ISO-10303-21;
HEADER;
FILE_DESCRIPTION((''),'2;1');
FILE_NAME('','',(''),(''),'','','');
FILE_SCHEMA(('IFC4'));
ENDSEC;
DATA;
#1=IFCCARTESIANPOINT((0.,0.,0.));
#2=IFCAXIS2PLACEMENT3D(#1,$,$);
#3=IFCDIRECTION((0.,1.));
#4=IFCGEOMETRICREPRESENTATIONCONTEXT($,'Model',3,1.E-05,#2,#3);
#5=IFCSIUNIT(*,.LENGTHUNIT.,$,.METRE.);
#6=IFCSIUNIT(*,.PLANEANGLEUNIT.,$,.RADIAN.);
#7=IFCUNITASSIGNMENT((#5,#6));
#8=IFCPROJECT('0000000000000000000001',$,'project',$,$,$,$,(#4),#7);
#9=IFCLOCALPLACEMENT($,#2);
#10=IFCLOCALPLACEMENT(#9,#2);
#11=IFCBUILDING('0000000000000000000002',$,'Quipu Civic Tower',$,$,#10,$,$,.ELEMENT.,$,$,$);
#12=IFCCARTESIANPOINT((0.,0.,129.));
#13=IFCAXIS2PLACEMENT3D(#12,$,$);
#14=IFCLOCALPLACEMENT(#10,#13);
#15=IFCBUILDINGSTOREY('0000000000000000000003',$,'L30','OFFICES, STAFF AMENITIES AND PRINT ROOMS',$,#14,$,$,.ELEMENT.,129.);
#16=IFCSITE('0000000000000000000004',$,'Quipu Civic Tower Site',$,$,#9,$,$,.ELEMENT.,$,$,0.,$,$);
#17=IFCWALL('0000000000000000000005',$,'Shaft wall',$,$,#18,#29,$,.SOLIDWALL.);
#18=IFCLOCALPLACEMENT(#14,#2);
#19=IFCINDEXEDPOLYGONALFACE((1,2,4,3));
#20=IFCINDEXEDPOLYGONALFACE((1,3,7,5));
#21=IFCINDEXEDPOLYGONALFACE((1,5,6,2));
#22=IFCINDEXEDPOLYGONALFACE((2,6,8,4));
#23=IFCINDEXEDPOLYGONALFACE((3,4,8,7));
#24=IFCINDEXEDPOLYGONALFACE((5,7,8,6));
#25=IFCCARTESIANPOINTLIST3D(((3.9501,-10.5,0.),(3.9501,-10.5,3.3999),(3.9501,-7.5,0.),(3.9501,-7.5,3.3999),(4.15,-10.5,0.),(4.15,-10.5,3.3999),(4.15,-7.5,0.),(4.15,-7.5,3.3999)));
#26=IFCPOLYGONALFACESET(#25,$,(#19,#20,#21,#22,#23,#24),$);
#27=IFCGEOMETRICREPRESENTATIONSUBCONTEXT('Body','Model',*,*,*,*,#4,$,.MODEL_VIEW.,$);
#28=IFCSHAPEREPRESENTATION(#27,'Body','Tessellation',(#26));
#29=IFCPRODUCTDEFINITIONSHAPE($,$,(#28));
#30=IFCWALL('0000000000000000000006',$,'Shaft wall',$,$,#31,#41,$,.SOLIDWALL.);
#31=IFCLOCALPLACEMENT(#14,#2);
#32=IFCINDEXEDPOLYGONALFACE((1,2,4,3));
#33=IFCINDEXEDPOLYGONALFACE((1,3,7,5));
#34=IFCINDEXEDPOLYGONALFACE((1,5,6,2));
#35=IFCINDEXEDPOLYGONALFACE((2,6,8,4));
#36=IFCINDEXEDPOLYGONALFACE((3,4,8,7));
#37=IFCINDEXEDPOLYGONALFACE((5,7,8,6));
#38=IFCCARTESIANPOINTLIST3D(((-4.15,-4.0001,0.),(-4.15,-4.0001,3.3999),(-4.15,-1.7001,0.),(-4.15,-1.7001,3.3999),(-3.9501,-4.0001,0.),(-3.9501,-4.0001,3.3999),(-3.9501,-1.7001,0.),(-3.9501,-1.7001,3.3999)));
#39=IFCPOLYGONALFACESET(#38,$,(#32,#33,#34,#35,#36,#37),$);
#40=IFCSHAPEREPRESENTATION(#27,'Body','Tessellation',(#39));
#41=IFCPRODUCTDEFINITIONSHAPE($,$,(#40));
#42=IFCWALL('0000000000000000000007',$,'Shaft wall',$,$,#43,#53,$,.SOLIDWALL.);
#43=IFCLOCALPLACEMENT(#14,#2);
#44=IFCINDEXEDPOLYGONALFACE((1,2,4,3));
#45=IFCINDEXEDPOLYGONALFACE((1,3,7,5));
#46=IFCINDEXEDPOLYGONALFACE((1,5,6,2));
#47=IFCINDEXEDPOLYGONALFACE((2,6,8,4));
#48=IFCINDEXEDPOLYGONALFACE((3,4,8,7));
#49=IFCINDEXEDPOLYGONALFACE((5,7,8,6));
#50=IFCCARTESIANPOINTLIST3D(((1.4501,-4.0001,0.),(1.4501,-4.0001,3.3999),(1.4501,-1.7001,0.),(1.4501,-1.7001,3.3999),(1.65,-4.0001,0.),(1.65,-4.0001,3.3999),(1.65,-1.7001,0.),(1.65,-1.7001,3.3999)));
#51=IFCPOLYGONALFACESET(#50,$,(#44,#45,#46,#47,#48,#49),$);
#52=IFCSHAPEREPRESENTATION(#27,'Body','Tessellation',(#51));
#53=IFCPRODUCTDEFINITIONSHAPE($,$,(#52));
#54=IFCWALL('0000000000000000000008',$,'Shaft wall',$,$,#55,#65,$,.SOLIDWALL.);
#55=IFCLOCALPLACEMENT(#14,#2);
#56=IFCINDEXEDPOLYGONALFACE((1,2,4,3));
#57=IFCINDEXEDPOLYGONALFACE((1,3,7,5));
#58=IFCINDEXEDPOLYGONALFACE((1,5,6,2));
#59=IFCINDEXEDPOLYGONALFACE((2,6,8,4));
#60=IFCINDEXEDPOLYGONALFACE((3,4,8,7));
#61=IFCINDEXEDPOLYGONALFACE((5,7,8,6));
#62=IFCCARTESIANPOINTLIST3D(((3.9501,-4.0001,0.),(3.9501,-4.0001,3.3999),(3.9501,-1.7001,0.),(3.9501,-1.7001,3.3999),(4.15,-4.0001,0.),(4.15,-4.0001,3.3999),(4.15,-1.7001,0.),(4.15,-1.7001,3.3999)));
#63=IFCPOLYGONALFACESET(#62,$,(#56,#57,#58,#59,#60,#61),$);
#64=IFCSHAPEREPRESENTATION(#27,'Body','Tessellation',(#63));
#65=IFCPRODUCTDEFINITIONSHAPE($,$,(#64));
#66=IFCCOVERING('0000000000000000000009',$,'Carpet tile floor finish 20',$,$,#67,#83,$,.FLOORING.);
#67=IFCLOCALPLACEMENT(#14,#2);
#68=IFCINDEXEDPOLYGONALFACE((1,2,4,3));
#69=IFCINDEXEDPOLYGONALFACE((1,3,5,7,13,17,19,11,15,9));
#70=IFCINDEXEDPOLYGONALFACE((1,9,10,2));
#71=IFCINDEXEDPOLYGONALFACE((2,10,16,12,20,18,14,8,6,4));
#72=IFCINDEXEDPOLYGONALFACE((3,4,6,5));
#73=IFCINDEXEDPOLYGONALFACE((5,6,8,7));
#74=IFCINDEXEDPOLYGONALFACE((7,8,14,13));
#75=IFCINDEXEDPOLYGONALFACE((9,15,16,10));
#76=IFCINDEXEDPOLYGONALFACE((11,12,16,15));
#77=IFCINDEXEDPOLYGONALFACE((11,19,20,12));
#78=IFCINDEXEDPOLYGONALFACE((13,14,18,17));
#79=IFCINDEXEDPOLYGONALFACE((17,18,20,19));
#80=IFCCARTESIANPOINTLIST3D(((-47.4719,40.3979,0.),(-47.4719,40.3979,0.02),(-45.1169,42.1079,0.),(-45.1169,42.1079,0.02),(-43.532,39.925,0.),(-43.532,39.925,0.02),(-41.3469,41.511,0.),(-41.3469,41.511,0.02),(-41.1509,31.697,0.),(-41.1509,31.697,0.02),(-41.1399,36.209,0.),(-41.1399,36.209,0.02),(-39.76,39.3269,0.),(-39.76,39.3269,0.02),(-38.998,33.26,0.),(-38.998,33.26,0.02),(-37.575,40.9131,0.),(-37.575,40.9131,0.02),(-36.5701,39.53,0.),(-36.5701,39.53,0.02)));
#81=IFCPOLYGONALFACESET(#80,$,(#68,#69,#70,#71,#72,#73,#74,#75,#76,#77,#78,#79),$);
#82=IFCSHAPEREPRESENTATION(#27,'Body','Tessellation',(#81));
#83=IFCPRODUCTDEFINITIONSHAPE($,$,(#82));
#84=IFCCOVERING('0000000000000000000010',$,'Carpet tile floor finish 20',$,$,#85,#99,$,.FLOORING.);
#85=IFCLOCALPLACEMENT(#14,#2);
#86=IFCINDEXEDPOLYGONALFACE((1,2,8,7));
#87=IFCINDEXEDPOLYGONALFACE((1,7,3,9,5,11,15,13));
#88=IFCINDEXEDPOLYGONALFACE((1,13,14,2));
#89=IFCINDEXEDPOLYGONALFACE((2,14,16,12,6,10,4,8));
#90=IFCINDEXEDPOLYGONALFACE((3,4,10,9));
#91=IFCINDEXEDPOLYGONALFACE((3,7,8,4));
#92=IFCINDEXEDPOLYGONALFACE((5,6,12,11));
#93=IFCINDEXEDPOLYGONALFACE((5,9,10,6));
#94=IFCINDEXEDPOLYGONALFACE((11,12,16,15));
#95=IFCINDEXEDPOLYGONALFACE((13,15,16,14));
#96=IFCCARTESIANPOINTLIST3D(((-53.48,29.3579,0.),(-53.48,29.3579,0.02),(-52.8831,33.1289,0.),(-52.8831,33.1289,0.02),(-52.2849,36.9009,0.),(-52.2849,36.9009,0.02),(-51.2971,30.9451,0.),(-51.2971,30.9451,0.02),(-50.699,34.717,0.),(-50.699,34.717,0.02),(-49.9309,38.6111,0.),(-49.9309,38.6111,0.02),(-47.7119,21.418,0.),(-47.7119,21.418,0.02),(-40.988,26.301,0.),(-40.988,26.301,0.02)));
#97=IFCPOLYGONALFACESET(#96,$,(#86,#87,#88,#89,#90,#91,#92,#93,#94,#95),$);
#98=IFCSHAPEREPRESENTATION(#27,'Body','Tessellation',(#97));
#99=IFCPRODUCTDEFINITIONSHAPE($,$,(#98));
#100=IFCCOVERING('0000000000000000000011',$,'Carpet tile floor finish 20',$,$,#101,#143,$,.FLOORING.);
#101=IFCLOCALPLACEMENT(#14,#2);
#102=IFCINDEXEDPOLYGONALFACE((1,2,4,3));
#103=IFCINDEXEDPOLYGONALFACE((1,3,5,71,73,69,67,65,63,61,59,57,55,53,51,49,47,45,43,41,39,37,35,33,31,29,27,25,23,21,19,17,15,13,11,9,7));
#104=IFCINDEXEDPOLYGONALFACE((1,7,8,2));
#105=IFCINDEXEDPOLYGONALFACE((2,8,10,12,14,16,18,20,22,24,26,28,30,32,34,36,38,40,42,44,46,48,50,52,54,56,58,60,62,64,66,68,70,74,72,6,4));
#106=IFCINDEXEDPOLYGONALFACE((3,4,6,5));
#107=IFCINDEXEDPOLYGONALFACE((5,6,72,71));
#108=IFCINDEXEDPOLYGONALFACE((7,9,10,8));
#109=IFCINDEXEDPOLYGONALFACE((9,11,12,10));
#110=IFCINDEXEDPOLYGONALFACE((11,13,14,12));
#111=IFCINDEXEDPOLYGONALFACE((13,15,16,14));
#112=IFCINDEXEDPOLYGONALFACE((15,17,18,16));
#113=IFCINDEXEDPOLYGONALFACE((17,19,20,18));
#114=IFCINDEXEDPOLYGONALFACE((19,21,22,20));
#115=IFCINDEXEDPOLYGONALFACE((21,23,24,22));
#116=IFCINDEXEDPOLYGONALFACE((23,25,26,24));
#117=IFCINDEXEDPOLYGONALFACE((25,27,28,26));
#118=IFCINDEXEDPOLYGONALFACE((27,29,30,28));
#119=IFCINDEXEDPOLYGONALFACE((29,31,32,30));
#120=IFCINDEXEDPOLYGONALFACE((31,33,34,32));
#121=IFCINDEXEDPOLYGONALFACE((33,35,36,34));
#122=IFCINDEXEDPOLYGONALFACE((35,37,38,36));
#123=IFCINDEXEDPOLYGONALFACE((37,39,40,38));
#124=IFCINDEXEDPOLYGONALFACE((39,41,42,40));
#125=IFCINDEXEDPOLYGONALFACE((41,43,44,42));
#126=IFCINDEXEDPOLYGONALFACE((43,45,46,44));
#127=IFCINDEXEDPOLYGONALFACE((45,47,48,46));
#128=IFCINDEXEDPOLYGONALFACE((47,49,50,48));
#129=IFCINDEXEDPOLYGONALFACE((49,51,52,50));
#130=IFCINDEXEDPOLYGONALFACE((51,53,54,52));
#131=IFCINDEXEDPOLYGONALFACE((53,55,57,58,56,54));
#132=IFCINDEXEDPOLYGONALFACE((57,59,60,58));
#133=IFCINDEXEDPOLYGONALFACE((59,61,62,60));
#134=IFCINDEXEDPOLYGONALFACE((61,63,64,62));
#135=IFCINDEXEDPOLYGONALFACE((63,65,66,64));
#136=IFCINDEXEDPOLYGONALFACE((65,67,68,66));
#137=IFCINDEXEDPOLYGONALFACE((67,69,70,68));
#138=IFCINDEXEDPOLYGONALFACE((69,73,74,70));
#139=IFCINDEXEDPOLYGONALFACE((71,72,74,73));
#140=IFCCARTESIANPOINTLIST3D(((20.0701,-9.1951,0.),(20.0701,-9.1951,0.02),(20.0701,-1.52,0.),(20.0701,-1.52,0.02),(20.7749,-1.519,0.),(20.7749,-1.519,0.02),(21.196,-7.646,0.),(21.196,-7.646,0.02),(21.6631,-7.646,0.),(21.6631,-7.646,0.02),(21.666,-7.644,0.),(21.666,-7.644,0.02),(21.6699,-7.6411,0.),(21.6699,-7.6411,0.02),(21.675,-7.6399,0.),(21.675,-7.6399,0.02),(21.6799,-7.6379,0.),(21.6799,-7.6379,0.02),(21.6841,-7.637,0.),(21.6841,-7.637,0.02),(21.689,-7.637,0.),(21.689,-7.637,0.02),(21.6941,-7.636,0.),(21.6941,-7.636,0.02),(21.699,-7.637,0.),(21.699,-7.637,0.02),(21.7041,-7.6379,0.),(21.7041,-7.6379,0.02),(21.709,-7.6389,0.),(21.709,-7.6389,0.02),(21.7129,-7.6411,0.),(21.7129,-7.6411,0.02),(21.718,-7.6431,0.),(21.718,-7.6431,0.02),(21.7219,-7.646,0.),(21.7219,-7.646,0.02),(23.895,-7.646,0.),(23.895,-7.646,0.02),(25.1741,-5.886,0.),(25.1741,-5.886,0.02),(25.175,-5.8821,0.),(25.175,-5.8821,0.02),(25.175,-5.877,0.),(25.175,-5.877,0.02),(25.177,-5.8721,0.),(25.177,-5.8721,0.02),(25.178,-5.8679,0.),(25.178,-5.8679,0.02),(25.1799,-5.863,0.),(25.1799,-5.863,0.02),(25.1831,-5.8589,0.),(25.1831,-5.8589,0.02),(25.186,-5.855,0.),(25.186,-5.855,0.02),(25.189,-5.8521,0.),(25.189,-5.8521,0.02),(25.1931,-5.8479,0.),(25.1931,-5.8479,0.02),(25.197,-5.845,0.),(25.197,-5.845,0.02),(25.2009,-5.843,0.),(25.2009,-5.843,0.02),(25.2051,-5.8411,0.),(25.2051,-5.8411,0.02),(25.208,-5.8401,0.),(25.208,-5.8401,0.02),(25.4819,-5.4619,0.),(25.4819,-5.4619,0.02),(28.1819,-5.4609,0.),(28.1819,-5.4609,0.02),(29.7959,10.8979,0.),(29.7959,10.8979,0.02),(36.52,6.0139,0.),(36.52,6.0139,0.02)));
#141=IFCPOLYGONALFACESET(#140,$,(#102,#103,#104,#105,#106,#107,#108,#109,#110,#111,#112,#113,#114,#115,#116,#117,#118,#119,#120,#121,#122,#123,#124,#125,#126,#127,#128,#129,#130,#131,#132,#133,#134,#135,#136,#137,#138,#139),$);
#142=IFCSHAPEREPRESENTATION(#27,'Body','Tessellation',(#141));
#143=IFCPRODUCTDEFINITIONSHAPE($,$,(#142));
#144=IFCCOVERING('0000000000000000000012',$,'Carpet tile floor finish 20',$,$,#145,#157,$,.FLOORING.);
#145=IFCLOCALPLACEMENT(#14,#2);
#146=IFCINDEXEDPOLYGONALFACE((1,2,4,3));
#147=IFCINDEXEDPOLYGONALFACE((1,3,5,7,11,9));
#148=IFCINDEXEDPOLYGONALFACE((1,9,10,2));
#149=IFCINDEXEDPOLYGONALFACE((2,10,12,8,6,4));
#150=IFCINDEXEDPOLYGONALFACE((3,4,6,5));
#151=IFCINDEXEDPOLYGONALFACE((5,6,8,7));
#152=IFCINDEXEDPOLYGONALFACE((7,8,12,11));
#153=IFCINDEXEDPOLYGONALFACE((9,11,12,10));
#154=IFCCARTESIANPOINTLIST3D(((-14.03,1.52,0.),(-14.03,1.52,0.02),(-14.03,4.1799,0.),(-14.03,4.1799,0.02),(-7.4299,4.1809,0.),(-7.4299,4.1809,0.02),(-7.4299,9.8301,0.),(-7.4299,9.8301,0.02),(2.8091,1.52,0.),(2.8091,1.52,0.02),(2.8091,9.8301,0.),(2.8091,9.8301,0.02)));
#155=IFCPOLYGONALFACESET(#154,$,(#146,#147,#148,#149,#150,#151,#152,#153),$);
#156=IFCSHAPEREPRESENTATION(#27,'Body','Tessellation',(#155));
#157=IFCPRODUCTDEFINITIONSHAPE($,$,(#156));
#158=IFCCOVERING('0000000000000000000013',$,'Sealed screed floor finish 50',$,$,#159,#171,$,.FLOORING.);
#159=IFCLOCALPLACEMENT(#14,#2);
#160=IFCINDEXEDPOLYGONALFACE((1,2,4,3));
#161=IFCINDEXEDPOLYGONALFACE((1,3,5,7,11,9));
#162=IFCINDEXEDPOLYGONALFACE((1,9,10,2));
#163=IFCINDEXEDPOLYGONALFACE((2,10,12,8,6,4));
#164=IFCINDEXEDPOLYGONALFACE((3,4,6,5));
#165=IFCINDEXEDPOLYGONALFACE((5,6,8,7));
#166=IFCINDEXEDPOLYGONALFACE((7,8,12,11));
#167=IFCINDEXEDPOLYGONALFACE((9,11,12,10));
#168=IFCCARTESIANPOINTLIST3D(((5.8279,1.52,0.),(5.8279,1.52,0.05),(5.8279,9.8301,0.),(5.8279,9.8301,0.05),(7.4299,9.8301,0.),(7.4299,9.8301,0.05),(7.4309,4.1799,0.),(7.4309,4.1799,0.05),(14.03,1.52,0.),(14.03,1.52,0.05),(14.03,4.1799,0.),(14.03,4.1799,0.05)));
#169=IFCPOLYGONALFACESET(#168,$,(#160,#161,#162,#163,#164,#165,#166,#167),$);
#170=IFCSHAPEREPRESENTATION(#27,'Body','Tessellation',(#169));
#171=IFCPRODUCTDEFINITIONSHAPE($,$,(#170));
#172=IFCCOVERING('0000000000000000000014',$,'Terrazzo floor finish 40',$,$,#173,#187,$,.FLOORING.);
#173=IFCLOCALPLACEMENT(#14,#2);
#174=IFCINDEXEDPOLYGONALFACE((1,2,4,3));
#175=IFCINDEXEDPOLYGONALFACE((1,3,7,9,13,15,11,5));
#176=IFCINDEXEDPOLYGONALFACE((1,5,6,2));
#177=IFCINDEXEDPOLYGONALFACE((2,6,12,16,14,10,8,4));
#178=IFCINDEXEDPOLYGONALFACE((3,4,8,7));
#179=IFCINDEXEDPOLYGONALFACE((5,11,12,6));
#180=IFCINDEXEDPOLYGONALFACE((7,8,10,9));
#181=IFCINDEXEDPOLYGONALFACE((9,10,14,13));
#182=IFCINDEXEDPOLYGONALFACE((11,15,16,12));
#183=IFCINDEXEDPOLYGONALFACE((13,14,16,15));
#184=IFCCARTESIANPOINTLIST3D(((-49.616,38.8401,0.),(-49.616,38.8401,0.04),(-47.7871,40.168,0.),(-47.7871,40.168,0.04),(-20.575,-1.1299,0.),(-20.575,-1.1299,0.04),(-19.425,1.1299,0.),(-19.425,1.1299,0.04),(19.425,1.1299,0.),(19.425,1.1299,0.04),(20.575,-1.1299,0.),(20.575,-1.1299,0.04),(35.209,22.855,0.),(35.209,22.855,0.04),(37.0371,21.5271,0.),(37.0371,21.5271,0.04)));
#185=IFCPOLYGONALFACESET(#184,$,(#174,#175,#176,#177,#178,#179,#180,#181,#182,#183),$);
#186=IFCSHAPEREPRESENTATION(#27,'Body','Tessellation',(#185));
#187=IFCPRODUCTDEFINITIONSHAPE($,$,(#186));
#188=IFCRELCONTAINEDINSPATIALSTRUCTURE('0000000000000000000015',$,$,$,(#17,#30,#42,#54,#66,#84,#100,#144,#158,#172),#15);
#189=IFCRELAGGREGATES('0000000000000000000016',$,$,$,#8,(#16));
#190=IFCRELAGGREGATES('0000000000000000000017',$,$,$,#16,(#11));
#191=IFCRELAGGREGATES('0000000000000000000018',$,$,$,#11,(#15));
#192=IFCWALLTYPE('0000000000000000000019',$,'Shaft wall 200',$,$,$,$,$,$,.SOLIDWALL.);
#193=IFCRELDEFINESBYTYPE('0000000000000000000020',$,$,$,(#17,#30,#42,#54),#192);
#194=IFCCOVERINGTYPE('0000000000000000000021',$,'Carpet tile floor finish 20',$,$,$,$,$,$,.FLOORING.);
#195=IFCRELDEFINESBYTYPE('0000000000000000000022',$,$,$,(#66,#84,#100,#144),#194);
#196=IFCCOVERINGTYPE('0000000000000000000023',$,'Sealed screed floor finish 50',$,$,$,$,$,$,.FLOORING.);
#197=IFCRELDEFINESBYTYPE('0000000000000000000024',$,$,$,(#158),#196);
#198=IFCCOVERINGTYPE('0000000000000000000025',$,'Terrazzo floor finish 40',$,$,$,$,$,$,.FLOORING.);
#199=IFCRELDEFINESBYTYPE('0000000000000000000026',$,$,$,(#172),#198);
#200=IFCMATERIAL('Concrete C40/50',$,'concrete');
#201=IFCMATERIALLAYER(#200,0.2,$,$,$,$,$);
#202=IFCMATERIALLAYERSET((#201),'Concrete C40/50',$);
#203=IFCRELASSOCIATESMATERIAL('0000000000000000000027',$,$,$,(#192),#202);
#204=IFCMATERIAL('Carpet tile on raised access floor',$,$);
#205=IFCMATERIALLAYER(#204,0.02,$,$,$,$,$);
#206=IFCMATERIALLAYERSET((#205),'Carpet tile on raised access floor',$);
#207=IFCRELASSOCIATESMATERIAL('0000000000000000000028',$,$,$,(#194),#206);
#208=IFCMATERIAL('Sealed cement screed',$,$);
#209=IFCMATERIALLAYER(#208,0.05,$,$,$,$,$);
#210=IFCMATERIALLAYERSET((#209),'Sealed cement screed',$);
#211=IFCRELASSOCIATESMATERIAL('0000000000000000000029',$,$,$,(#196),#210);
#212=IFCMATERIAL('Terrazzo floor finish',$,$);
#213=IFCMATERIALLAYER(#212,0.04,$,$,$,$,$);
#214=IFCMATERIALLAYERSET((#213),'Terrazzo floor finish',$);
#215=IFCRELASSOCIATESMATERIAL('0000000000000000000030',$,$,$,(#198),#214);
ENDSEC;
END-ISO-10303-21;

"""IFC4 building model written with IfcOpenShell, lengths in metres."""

from ifc_helpers import new_model, si_unit, direction, frame, frame_2d, origin, place, context, subcontext, project, spatial, polyline, rectangle, outline, extrude, material, layer, layer_set, type_object, element, save


model = new_model("IFC4")

# Units and contexts
model_context = context("Model", 3, precision=1e-05, world=origin(), true_north=direction((0.0, 1.0)))
body_context = subcontext(model_context, "Body", "Model", "MODEL_VIEW")
ifc_project = project(units=[si_unit("LENGTHUNIT", "METRE"), si_unit("PLANEANGLEUNIT", "RADIAN")], contexts=[model_context])

# Site, building, storey
site_placement = place(None, origin())
site = spatial("IfcSite", under=ifc_project, at=site_placement, Name="Quipu Civic Tower Site", CompositionType="ELEMENT", RefElevation=0.0)
building_placement = place(site_placement, origin())
building = spatial("IfcBuilding", under=site, at=building_placement, Name="Quipu Civic Tower", CompositionType="ELEMENT")
storey_placement = place(building_placement, frame((0.0, 0.0, 129.0)))
storey = spatial("IfcBuildingStorey", under=building, at=storey_placement, Name="L30", Description="OFFICES, STAFF AMENITIES AND PRINT ROOMS", CompositionType="ELEMENT", Elevation=129.0)

# Walls
ifc_material_1 = material(Name="Concrete C40/50", Category="concrete")
ifc_layer_1 = layer(ifc_material_1, 0.2)
ifc_layer_set_1 = layer_set([ifc_layer_1], Name="Concrete C40/50")
wall_type_1 = type_object("IfcWallType", Name="Shaft wall 200", PredefinedType="SOLIDWALL", material=ifc_layer_set_1)
for number, where, z_axis, x_axis, name in (
    (1, (4.05, -10.5, 0.0), (0.0, 0.0, 1.0), (0.0, 1.0, 0.0), "Shaft wall"),
):
    element("IfcWall", number, at=place(storey_placement, frame(where, z_axis=z_axis, x_axis=x_axis)), inside=storey, type_object=wall_type_1, Name=name, PredefinedType="SOLIDWALL", context=body_context, shape_type="SweptSolid", body=[
        extrude(rectangle(XDim=3.0, YDim=0.2, at=frame_2d((1.5, 0.0))), origin(), (0.0, 0.0, 1.0), 3.3999),
    ])
for number, where, z_axis, x_axis, name in (
    (2, (-4.05, -4.0, 0.0), (0.0, 0.0, 1.0), (0.0, 1.0, 0.0), "Shaft wall"),
    (3, (1.55, -4.0, 0.0), (0.0, 0.0, 1.0), (0.0, 1.0, 0.0), "Shaft wall"),
    (4, (4.05, -4.0, 0.0), (0.0, 0.0, 1.0), (0.0, 1.0, 0.0), "Shaft wall"),
):
    element("IfcWall", number, at=place(storey_placement, frame(where, z_axis=z_axis, x_axis=x_axis)), inside=storey, type_object=wall_type_1, Name=name, PredefinedType="SOLIDWALL", context=body_context, shape_type="SweptSolid", body=[
        extrude(rectangle(XDim=2.3, YDim=0.2, at=frame_2d((1.1499, 0.0))), origin(), (0.0, 0.0, 1.0), 3.3999),
    ])

# Coverings
ifc_material_2 = material(Name="Carpet tile on raised access floor")
ifc_layer_2 = layer(ifc_material_2, 0.02)
ifc_layer_set_2 = layer_set([ifc_layer_2], Name="Carpet tile on raised access floor")
covering_type_1 = type_object("IfcCoveringType", Name="Carpet tile floor finish 20", PredefinedType="FLOORING", material=ifc_layer_set_2)
covering_1_placement = place(storey_placement, origin())
element("IfcCovering", 5, at=covering_1_placement, inside=storey, type_object=covering_type_1, Name="Carpet tile floor finish 20", PredefinedType="FLOORING", context=body_context, shape_type="SweptSolid", body=[
    extrude(outline(polyline([(-47.4719, 40.3979), (-45.1169, 42.1079), (-43.532, 39.925), (-41.3469, 41.511), (-39.76, 39.3269), (-37.575, 40.9131), (-36.5701, 39.53), (-41.1399, 36.209), (-38.998, 33.26), (-41.1509, 31.697), (-47.4719, 40.3979)])), origin(), (0.0, 0.0, 1.0), 0.02),
])
covering_2_placement = place(storey_placement, origin())
element("IfcCovering", 6, at=covering_2_placement, inside=storey, type_object=covering_type_1, Name="Carpet tile floor finish 20", PredefinedType="FLOORING", context=body_context, shape_type="SweptSolid", body=[
    extrude(outline(polyline([(-53.48, 29.3579), (-51.2971, 30.9451), (-52.8831, 33.1289), (-50.699, 34.717), (-52.2849, 36.9009), (-49.9309, 38.6111), (-40.988, 26.301), (-47.7119, 21.418), (-53.48, 29.3579)])), origin(), (0.0, 0.0, 1.0), 0.02),
])
covering_3_placement = place(storey_placement, origin())
element("IfcCovering", 7, at=covering_3_placement, inside=storey, type_object=covering_type_1, Name="Carpet tile floor finish 20", PredefinedType="FLOORING", context=body_context, shape_type="SweptSolid", body=[
    extrude(outline(polyline([(20.0701, -9.1951), (20.0701, -1.52), (20.7749, -1.519), (29.7959, 10.8979), (36.52, 6.0139), (28.1819, -5.4609), (25.4819, -5.4619), (25.208, -5.8401), (25.2051, -5.8411), (25.2009, -5.843), (25.197, -5.845), (25.1931, -5.8479), (25.189, -5.8521), (25.186, -5.855), (25.1831, -5.8589), (25.1799, -5.863), (25.178, -5.8679), (25.177, -5.8721), (25.175, -5.877), (25.175, -5.8821), (25.1741, -5.886), (23.895, -7.646), (21.7219, -7.646), (21.7219, -7.646), (21.718, -7.6431), (21.7129, -7.6411), (21.709, -7.6389), (21.7041, -7.6379), (21.699, -7.637), (21.6941, -7.636), (21.689, -7.637), (21.6841, -7.637), (21.6799, -7.6379), (21.675, -7.6399), (21.6699, -7.6411), (21.666, -7.644), (21.6631, -7.646), (21.196, -7.646), (20.0701, -9.1951)])), origin(), (0.0, 0.0, 1.0), 0.02),
])
covering_4_placement = place(storey_placement, origin())
element("IfcCovering", 8, at=covering_4_placement, inside=storey, type_object=covering_type_1, Name="Carpet tile floor finish 20", PredefinedType="FLOORING", context=body_context, shape_type="SweptSolid", body=[
    extrude(outline(polyline([(-14.03, 1.52), (-14.03, 4.1799), (-7.4299, 4.1809), (-7.4299, 9.8301), (2.8091, 9.8301), (2.8091, 1.52), (-14.03, 1.52)])), origin(), (0.0, 0.0, 1.0), 0.02),
])
ifc_material_3 = material(Name="Sealed cement screed")
ifc_layer_3 = layer(ifc_material_3, 0.05)
ifc_layer_set_3 = layer_set([ifc_layer_3], Name="Sealed cement screed")
covering_type_2 = type_object("IfcCoveringType", Name="Sealed screed floor finish 50", PredefinedType="FLOORING", material=ifc_layer_set_3)
covering_5_placement = place(storey_placement, origin())
element("IfcCovering", 9, at=covering_5_placement, inside=storey, type_object=covering_type_2, Name="Sealed screed floor finish 50", PredefinedType="FLOORING", context=body_context, shape_type="SweptSolid", body=[
    extrude(outline(polyline([(5.8279, 1.52), (5.8279, 9.8301), (7.4299, 9.8301), (7.4309, 4.1799), (14.03, 4.1799), (14.03, 1.52), (5.8279, 1.52)])), origin(), (0.0, 0.0, 1.0), 0.05),
])
ifc_material_4 = material(Name="Terrazzo floor finish")
ifc_layer_4 = layer(ifc_material_4, 0.04)
ifc_layer_set_4 = layer_set([ifc_layer_4], Name="Terrazzo floor finish")
covering_type_3 = type_object("IfcCoveringType", Name="Terrazzo floor finish 40", PredefinedType="FLOORING", material=ifc_layer_set_4)
covering_6_placement = place(storey_placement, origin())
element("IfcCovering", 10, at=covering_6_placement, inside=storey, type_object=covering_type_3, Name="Terrazzo floor finish 40", PredefinedType="FLOORING", context=body_context, shape_type="SweptSolid", body=[
    extrude(outline(polyline([(20.575, -1.1299), (-20.575, -1.1299), (-49.616, 38.8401), (-47.7871, 40.168), (-19.425, 1.1299), (19.425, 1.1299), (35.209, 22.855), (37.0371, 21.5271), (20.575, -1.1299)])), origin(), (0.0, 0.0, 1.0), 0.04),
])

save(model, "model.ifc")
